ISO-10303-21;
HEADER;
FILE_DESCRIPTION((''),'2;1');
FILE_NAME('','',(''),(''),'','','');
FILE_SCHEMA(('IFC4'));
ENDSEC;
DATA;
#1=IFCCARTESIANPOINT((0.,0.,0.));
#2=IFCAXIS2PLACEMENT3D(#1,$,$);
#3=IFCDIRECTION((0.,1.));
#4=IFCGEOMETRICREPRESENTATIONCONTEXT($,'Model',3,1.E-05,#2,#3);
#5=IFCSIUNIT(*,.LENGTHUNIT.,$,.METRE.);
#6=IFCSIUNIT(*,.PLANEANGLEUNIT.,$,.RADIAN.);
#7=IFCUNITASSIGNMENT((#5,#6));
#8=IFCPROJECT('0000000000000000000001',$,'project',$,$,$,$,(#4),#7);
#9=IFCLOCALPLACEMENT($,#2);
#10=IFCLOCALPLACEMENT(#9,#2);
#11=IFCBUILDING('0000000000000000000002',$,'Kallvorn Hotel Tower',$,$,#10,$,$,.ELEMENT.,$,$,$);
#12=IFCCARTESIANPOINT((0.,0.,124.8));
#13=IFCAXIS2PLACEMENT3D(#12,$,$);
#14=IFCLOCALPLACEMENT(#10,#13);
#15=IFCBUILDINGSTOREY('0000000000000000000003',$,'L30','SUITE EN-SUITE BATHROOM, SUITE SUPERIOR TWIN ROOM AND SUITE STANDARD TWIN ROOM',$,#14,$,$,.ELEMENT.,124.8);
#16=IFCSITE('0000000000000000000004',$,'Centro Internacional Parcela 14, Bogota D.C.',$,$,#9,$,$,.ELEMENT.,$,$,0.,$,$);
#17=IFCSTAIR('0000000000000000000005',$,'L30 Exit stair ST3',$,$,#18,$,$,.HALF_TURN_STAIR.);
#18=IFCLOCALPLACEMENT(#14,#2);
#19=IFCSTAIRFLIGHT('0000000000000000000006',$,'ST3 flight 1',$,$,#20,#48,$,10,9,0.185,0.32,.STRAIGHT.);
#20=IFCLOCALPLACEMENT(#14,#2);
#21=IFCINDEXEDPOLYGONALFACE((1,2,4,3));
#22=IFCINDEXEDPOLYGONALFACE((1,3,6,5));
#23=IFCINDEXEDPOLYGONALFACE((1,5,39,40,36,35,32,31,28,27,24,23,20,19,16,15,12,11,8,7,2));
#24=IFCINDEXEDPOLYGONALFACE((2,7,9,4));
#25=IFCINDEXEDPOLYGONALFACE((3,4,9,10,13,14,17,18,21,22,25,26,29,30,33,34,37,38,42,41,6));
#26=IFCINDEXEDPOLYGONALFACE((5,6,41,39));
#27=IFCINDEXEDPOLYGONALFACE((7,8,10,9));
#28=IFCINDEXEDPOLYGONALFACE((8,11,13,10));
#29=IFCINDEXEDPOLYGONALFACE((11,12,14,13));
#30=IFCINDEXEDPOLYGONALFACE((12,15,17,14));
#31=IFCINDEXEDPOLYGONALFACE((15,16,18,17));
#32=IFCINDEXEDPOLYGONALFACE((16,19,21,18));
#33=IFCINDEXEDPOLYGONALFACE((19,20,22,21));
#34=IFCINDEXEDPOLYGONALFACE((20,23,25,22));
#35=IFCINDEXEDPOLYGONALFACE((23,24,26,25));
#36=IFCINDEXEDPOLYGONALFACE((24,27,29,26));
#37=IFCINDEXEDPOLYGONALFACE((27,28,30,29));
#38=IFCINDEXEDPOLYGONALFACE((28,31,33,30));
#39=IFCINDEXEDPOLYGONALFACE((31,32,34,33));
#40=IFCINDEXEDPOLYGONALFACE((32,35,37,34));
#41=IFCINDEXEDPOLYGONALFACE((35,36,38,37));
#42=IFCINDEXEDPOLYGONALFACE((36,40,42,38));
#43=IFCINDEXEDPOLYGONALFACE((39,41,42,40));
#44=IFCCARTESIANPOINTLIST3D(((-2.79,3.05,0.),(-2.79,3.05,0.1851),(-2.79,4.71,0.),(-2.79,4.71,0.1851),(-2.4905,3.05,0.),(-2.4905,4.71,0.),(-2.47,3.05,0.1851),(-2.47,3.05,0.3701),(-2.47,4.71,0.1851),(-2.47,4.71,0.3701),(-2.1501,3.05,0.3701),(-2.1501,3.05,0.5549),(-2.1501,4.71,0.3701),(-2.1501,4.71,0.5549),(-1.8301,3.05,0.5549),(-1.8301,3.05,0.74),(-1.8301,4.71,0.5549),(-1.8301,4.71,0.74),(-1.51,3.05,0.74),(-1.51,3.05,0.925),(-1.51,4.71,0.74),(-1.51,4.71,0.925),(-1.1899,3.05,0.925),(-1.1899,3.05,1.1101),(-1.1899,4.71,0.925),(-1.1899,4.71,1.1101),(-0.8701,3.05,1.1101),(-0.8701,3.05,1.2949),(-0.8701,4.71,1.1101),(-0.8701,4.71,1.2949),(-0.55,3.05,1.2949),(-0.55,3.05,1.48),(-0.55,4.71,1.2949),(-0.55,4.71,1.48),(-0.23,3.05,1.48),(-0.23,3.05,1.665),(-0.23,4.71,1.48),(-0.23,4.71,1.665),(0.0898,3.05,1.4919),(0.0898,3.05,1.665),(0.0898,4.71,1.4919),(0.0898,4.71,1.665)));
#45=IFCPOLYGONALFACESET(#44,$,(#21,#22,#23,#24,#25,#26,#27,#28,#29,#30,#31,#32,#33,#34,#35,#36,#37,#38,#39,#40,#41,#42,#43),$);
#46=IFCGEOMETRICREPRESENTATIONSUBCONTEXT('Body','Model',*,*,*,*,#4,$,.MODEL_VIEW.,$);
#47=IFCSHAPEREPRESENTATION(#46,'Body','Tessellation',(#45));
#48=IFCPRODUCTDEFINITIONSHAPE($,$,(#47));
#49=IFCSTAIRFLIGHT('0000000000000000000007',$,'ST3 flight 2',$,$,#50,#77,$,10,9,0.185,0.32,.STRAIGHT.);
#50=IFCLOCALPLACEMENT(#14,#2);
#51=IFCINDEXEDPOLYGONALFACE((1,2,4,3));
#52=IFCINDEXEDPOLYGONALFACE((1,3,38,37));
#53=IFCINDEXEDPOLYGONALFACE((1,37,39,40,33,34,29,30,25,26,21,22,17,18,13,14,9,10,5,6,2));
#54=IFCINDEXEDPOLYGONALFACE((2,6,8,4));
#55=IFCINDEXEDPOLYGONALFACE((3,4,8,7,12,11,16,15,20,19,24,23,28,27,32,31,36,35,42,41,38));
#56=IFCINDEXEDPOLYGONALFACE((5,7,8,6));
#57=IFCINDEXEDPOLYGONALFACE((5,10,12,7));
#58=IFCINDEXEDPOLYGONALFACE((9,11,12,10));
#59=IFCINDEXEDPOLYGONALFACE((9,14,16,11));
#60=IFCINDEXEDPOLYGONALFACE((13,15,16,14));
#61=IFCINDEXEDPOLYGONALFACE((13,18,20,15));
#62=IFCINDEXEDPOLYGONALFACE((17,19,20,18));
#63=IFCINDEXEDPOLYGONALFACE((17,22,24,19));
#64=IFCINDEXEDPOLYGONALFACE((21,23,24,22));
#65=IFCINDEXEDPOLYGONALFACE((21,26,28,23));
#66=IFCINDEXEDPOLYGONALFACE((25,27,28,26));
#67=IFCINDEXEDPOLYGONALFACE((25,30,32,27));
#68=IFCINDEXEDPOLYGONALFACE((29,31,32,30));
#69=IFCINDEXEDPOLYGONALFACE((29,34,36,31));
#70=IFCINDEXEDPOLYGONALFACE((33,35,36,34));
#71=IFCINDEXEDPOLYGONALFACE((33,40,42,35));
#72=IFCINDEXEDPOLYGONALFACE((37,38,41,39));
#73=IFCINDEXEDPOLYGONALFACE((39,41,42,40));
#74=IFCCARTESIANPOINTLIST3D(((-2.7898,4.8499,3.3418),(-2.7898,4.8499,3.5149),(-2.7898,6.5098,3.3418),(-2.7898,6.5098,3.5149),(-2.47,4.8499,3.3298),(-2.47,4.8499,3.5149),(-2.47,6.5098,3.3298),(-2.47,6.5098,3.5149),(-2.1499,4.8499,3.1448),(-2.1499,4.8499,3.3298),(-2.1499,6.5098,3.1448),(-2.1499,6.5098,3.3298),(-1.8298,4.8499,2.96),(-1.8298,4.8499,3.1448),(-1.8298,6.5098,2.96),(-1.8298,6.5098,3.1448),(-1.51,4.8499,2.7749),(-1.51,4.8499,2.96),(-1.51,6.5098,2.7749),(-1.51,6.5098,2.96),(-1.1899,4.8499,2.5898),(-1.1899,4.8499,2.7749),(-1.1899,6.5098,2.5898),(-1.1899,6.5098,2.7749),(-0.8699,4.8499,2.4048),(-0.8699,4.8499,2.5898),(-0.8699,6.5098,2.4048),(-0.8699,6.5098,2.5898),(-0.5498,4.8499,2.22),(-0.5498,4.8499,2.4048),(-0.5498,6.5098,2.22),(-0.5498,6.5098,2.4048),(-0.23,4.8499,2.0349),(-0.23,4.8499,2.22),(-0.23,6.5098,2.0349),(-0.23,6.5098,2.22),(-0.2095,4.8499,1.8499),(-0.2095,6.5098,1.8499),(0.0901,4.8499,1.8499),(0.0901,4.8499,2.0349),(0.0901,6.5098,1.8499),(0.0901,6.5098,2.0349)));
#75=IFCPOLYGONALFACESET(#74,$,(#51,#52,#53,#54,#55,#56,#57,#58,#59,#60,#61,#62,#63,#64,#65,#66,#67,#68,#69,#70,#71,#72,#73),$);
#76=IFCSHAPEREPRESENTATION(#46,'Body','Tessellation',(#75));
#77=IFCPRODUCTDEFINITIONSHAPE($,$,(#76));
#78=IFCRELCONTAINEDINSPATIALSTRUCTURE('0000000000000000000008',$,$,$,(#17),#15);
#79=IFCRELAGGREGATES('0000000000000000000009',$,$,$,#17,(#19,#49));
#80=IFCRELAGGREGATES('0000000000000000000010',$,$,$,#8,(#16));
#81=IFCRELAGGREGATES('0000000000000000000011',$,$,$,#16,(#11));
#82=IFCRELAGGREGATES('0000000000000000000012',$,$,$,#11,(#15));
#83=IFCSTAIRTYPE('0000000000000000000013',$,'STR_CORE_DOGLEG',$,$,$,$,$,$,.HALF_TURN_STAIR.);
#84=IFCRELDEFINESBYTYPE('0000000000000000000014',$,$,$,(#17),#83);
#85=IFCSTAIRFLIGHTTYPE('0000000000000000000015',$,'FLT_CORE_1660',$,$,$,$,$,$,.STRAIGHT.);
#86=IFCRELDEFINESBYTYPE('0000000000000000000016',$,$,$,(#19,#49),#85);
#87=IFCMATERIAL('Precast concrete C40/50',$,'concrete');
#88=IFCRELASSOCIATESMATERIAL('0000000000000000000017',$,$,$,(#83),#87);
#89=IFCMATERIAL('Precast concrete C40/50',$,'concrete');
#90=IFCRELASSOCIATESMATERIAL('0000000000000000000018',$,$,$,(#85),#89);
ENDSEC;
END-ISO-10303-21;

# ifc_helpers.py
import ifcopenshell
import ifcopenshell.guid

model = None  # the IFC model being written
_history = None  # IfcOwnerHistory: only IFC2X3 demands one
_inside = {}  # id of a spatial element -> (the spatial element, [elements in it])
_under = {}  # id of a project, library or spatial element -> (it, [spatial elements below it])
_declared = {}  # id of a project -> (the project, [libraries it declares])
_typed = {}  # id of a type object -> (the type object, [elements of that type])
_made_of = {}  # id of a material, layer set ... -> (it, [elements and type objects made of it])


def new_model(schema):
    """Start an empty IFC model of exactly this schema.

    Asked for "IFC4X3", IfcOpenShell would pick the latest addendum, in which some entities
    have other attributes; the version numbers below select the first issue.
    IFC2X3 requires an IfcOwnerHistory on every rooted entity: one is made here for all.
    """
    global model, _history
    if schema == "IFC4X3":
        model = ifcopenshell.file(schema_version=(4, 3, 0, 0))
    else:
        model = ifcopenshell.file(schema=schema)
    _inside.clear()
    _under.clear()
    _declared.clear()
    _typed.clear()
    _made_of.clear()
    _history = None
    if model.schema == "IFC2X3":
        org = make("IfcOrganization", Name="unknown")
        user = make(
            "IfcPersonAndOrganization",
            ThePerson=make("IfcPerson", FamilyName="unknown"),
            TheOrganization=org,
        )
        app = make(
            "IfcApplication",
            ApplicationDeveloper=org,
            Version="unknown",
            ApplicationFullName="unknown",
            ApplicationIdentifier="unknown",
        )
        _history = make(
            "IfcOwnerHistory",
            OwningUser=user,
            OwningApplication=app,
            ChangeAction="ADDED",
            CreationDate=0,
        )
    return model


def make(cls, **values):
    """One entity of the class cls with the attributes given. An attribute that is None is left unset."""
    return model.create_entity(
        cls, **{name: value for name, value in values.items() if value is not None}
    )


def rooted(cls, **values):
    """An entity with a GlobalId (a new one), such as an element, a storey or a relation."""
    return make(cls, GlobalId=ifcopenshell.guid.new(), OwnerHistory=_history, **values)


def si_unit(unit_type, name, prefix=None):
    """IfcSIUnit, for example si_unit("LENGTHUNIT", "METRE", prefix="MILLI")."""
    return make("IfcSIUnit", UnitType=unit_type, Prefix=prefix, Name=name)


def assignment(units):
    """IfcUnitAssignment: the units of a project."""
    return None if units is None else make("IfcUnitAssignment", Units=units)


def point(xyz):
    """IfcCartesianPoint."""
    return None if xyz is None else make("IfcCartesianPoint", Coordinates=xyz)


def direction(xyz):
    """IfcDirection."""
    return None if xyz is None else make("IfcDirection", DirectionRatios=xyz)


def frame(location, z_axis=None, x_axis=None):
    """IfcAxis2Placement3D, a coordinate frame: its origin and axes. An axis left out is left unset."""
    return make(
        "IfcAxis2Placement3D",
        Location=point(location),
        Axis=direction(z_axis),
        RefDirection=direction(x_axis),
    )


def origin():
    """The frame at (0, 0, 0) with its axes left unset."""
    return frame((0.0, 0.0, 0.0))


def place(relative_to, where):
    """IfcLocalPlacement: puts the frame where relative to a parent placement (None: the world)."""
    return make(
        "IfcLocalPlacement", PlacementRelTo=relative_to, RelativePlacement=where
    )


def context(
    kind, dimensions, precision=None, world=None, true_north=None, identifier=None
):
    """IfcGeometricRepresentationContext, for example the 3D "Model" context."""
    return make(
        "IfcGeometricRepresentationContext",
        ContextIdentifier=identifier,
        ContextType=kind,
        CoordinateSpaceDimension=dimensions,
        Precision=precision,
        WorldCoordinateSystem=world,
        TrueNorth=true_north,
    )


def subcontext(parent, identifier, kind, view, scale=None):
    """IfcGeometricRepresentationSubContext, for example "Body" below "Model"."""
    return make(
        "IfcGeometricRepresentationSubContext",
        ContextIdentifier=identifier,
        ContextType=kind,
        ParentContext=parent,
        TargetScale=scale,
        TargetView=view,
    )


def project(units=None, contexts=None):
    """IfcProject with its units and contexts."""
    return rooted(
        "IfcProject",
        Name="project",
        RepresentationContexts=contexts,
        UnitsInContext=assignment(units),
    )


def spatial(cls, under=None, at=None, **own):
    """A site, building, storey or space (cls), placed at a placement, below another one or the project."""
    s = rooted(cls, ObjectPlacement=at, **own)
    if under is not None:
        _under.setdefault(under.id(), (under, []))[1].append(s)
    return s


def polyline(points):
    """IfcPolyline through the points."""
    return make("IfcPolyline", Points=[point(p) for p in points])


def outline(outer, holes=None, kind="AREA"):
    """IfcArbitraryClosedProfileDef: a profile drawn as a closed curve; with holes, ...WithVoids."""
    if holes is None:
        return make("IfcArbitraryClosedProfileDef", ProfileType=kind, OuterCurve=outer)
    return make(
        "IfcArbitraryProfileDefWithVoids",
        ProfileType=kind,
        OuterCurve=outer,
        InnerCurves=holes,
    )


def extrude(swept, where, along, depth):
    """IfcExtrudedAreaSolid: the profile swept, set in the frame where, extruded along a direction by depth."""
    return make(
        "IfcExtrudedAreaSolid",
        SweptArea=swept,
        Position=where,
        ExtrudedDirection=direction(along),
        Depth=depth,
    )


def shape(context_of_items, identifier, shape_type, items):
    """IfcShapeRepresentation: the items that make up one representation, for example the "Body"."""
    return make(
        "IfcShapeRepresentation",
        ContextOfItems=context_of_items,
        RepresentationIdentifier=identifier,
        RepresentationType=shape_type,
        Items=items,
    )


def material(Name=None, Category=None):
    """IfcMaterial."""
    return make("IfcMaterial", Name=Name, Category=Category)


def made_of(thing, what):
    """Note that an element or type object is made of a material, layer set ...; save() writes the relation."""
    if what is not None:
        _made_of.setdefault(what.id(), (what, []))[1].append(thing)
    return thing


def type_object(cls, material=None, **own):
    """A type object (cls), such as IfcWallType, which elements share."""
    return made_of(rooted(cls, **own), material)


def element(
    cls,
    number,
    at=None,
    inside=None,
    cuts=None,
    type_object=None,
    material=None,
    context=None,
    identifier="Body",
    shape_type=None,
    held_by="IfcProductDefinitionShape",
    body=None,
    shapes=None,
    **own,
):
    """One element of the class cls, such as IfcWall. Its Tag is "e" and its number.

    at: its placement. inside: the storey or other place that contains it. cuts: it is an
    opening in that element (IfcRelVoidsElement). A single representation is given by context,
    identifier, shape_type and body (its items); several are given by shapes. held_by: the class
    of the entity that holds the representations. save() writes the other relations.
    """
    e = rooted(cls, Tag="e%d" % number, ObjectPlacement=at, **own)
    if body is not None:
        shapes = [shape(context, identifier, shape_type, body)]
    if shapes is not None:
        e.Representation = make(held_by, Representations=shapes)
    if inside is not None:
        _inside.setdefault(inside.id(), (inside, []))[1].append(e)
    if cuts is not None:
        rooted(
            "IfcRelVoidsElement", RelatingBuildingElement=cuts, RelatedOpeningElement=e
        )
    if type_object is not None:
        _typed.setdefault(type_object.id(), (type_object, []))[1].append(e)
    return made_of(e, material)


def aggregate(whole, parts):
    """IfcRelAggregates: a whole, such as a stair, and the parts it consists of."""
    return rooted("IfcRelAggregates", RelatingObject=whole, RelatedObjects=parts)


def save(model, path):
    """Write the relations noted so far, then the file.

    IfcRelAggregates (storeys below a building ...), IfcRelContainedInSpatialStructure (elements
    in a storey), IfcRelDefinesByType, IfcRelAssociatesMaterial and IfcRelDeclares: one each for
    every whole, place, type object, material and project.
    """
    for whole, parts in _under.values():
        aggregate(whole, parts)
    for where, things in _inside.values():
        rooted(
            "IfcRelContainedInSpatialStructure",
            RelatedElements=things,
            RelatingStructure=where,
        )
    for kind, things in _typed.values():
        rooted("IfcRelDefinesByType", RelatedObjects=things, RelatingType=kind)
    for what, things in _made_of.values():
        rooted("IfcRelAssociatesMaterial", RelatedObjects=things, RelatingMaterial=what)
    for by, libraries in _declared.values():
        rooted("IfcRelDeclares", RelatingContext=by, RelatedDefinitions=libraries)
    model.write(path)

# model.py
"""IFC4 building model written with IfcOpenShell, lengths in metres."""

from ifc_helpers import new_model, si_unit, direction, frame, origin, place, context, subcontext, project, spatial, polyline, outline, extrude, material, type_object, element, aggregate, save


model = new_model("IFC4")

# Units and contexts
model_context = context("Model", 3, precision=1e-05, world=origin(), true_north=direction((0.0, 1.0)))
body_context = subcontext(model_context, "Body", "Model", "MODEL_VIEW")
ifc_project = project(units=[si_unit("LENGTHUNIT", "METRE"), si_unit("PLANEANGLEUNIT", "RADIAN")], contexts=[model_context])

# Site, building, storey
site_placement = place(None, origin())
site = spatial("IfcSite", under=ifc_project, at=site_placement, Name="Centro Internacional Parcela 14, Bogota D.C.", CompositionType="ELEMENT", RefElevation=0.0)
building_placement = place(site_placement, origin())
building = spatial("IfcBuilding", under=site, at=building_placement, Name="Kallvorn Hotel Tower", CompositionType="ELEMENT")
storey_placement = place(building_placement, frame((0.0, 0.0, 124.8)))
storey = spatial("IfcBuildingStorey", under=building, at=storey_placement, Name="L30", Description="SUITE EN-SUITE BATHROOM, SUITE SUPERIOR TWIN ROOM AND SUITE STANDARD TWIN ROOM", CompositionType="ELEMENT", Elevation=124.8)

# Stair, stair flights
ifc_material_1 = material(Name="Precast concrete C40/50", Category="concrete")
stair_type = type_object("IfcStairType", Name="STR_CORE_DOGLEG", PredefinedType="HALF_TURN_STAIR", material=ifc_material_1)
stair_placement = place(storey_placement, origin())
stair = element("IfcStair", 1, at=stair_placement, inside=storey, type_object=stair_type, Name="L30 Exit stair ST3", PredefinedType="HALF_TURN_STAIR")
ifc_material_2 = material(Name="Precast concrete C40/50", Category="concrete")
stair_flight_type = type_object("IfcStairFlightType", Name="FLT_CORE_1660", PredefinedType="STRAIGHT", material=ifc_material_2)
stair_flight_1_placement = place(storey_placement, frame((-2.79, 3.8799, 0.0), z_axis=(0.0, 0.0, 1.0), x_axis=(1.0, 0.0, 0.0)))
stair_flight_1 = element("IfcStairFlight", 2, at=stair_flight_1_placement, type_object=stair_flight_type, Name="ST3 flight 1", NumberOfRisers=10, NumberOfTreads=9, PredefinedType="STRAIGHT", RiserHeight=0.185, TreadLength=0.32, context=body_context, shape_type="SweptSolid", body=[
    extrude(outline(polyline([(0.0, 0.0), (0.0, 0.1851), (0.3201, 0.1851), (0.3201, 0.3701), (0.6399, 0.3701), (0.6399, 0.5549), (0.96, 0.5549), (0.96, 0.74), (1.28, 0.74), (1.28, 0.925), (1.6001, 0.925), (1.6001, 1.1101), (1.9199, 1.1101), (1.9199, 1.2949), (2.24, 1.2949), (2.24, 1.48), (2.5601, 1.48), (2.5601, 1.665), (2.8799, 1.665), (2.8799, 1.8501), (2.8799, 1.4919), (0.2996, 0.0), (0.0, 0.0)])), frame((0.0, 0.8301, 0.0), z_axis=(0.0, -1.0, 0.0), x_axis=(1.0, 0.0, 0.0)), (0.0, 0.0, 1.0), 1.6599),
])
stair_flight_2_placement = place(storey_placement, frame((0.0901, 5.6799, 1.8499), z_axis=(0.0, 0.0, 1.0), x_axis=(-1.0, 0.0, 0.0)))
stair_flight_2 = element("IfcStairFlight", 3, at=stair_flight_2_placement, type_object=stair_flight_type, Name="ST3 flight 2", NumberOfRisers=10, NumberOfTreads=9, PredefinedType="STRAIGHT", RiserHeight=0.185, TreadLength=0.32, context=body_context, shape_type="SweptSolid", body=[
    extrude(outline(polyline([(0.0, 0.0), (0.0, 0.1851), (0.3201, 0.1851), (0.3201, 0.3701), (0.6399, 0.3701), (0.6399, 0.5549), (0.96, 0.5549), (0.96, 0.74), (1.28, 0.74), (1.28, 0.925), (1.6001, 0.925), (1.6001, 1.1101), (1.9199, 1.1101), (1.9199, 1.2949), (2.24, 1.2949), (2.24, 1.48), (2.5601, 1.48), (2.5601, 1.665), (2.8799, 1.665), (2.8799, 1.8501), (2.8799, 1.4919), (0.2996, 0.0), (0.0, 0.0)])), frame((0.0, 0.8301, 0.0), z_axis=(0.0, -1.0, 0.0), x_axis=(1.0, 0.0, 0.0)), (0.0, 0.0, 1.0), 1.6599),
])
aggregate(stair, [stair_flight_1, stair_flight_2])

save(model, "model.ifc")
